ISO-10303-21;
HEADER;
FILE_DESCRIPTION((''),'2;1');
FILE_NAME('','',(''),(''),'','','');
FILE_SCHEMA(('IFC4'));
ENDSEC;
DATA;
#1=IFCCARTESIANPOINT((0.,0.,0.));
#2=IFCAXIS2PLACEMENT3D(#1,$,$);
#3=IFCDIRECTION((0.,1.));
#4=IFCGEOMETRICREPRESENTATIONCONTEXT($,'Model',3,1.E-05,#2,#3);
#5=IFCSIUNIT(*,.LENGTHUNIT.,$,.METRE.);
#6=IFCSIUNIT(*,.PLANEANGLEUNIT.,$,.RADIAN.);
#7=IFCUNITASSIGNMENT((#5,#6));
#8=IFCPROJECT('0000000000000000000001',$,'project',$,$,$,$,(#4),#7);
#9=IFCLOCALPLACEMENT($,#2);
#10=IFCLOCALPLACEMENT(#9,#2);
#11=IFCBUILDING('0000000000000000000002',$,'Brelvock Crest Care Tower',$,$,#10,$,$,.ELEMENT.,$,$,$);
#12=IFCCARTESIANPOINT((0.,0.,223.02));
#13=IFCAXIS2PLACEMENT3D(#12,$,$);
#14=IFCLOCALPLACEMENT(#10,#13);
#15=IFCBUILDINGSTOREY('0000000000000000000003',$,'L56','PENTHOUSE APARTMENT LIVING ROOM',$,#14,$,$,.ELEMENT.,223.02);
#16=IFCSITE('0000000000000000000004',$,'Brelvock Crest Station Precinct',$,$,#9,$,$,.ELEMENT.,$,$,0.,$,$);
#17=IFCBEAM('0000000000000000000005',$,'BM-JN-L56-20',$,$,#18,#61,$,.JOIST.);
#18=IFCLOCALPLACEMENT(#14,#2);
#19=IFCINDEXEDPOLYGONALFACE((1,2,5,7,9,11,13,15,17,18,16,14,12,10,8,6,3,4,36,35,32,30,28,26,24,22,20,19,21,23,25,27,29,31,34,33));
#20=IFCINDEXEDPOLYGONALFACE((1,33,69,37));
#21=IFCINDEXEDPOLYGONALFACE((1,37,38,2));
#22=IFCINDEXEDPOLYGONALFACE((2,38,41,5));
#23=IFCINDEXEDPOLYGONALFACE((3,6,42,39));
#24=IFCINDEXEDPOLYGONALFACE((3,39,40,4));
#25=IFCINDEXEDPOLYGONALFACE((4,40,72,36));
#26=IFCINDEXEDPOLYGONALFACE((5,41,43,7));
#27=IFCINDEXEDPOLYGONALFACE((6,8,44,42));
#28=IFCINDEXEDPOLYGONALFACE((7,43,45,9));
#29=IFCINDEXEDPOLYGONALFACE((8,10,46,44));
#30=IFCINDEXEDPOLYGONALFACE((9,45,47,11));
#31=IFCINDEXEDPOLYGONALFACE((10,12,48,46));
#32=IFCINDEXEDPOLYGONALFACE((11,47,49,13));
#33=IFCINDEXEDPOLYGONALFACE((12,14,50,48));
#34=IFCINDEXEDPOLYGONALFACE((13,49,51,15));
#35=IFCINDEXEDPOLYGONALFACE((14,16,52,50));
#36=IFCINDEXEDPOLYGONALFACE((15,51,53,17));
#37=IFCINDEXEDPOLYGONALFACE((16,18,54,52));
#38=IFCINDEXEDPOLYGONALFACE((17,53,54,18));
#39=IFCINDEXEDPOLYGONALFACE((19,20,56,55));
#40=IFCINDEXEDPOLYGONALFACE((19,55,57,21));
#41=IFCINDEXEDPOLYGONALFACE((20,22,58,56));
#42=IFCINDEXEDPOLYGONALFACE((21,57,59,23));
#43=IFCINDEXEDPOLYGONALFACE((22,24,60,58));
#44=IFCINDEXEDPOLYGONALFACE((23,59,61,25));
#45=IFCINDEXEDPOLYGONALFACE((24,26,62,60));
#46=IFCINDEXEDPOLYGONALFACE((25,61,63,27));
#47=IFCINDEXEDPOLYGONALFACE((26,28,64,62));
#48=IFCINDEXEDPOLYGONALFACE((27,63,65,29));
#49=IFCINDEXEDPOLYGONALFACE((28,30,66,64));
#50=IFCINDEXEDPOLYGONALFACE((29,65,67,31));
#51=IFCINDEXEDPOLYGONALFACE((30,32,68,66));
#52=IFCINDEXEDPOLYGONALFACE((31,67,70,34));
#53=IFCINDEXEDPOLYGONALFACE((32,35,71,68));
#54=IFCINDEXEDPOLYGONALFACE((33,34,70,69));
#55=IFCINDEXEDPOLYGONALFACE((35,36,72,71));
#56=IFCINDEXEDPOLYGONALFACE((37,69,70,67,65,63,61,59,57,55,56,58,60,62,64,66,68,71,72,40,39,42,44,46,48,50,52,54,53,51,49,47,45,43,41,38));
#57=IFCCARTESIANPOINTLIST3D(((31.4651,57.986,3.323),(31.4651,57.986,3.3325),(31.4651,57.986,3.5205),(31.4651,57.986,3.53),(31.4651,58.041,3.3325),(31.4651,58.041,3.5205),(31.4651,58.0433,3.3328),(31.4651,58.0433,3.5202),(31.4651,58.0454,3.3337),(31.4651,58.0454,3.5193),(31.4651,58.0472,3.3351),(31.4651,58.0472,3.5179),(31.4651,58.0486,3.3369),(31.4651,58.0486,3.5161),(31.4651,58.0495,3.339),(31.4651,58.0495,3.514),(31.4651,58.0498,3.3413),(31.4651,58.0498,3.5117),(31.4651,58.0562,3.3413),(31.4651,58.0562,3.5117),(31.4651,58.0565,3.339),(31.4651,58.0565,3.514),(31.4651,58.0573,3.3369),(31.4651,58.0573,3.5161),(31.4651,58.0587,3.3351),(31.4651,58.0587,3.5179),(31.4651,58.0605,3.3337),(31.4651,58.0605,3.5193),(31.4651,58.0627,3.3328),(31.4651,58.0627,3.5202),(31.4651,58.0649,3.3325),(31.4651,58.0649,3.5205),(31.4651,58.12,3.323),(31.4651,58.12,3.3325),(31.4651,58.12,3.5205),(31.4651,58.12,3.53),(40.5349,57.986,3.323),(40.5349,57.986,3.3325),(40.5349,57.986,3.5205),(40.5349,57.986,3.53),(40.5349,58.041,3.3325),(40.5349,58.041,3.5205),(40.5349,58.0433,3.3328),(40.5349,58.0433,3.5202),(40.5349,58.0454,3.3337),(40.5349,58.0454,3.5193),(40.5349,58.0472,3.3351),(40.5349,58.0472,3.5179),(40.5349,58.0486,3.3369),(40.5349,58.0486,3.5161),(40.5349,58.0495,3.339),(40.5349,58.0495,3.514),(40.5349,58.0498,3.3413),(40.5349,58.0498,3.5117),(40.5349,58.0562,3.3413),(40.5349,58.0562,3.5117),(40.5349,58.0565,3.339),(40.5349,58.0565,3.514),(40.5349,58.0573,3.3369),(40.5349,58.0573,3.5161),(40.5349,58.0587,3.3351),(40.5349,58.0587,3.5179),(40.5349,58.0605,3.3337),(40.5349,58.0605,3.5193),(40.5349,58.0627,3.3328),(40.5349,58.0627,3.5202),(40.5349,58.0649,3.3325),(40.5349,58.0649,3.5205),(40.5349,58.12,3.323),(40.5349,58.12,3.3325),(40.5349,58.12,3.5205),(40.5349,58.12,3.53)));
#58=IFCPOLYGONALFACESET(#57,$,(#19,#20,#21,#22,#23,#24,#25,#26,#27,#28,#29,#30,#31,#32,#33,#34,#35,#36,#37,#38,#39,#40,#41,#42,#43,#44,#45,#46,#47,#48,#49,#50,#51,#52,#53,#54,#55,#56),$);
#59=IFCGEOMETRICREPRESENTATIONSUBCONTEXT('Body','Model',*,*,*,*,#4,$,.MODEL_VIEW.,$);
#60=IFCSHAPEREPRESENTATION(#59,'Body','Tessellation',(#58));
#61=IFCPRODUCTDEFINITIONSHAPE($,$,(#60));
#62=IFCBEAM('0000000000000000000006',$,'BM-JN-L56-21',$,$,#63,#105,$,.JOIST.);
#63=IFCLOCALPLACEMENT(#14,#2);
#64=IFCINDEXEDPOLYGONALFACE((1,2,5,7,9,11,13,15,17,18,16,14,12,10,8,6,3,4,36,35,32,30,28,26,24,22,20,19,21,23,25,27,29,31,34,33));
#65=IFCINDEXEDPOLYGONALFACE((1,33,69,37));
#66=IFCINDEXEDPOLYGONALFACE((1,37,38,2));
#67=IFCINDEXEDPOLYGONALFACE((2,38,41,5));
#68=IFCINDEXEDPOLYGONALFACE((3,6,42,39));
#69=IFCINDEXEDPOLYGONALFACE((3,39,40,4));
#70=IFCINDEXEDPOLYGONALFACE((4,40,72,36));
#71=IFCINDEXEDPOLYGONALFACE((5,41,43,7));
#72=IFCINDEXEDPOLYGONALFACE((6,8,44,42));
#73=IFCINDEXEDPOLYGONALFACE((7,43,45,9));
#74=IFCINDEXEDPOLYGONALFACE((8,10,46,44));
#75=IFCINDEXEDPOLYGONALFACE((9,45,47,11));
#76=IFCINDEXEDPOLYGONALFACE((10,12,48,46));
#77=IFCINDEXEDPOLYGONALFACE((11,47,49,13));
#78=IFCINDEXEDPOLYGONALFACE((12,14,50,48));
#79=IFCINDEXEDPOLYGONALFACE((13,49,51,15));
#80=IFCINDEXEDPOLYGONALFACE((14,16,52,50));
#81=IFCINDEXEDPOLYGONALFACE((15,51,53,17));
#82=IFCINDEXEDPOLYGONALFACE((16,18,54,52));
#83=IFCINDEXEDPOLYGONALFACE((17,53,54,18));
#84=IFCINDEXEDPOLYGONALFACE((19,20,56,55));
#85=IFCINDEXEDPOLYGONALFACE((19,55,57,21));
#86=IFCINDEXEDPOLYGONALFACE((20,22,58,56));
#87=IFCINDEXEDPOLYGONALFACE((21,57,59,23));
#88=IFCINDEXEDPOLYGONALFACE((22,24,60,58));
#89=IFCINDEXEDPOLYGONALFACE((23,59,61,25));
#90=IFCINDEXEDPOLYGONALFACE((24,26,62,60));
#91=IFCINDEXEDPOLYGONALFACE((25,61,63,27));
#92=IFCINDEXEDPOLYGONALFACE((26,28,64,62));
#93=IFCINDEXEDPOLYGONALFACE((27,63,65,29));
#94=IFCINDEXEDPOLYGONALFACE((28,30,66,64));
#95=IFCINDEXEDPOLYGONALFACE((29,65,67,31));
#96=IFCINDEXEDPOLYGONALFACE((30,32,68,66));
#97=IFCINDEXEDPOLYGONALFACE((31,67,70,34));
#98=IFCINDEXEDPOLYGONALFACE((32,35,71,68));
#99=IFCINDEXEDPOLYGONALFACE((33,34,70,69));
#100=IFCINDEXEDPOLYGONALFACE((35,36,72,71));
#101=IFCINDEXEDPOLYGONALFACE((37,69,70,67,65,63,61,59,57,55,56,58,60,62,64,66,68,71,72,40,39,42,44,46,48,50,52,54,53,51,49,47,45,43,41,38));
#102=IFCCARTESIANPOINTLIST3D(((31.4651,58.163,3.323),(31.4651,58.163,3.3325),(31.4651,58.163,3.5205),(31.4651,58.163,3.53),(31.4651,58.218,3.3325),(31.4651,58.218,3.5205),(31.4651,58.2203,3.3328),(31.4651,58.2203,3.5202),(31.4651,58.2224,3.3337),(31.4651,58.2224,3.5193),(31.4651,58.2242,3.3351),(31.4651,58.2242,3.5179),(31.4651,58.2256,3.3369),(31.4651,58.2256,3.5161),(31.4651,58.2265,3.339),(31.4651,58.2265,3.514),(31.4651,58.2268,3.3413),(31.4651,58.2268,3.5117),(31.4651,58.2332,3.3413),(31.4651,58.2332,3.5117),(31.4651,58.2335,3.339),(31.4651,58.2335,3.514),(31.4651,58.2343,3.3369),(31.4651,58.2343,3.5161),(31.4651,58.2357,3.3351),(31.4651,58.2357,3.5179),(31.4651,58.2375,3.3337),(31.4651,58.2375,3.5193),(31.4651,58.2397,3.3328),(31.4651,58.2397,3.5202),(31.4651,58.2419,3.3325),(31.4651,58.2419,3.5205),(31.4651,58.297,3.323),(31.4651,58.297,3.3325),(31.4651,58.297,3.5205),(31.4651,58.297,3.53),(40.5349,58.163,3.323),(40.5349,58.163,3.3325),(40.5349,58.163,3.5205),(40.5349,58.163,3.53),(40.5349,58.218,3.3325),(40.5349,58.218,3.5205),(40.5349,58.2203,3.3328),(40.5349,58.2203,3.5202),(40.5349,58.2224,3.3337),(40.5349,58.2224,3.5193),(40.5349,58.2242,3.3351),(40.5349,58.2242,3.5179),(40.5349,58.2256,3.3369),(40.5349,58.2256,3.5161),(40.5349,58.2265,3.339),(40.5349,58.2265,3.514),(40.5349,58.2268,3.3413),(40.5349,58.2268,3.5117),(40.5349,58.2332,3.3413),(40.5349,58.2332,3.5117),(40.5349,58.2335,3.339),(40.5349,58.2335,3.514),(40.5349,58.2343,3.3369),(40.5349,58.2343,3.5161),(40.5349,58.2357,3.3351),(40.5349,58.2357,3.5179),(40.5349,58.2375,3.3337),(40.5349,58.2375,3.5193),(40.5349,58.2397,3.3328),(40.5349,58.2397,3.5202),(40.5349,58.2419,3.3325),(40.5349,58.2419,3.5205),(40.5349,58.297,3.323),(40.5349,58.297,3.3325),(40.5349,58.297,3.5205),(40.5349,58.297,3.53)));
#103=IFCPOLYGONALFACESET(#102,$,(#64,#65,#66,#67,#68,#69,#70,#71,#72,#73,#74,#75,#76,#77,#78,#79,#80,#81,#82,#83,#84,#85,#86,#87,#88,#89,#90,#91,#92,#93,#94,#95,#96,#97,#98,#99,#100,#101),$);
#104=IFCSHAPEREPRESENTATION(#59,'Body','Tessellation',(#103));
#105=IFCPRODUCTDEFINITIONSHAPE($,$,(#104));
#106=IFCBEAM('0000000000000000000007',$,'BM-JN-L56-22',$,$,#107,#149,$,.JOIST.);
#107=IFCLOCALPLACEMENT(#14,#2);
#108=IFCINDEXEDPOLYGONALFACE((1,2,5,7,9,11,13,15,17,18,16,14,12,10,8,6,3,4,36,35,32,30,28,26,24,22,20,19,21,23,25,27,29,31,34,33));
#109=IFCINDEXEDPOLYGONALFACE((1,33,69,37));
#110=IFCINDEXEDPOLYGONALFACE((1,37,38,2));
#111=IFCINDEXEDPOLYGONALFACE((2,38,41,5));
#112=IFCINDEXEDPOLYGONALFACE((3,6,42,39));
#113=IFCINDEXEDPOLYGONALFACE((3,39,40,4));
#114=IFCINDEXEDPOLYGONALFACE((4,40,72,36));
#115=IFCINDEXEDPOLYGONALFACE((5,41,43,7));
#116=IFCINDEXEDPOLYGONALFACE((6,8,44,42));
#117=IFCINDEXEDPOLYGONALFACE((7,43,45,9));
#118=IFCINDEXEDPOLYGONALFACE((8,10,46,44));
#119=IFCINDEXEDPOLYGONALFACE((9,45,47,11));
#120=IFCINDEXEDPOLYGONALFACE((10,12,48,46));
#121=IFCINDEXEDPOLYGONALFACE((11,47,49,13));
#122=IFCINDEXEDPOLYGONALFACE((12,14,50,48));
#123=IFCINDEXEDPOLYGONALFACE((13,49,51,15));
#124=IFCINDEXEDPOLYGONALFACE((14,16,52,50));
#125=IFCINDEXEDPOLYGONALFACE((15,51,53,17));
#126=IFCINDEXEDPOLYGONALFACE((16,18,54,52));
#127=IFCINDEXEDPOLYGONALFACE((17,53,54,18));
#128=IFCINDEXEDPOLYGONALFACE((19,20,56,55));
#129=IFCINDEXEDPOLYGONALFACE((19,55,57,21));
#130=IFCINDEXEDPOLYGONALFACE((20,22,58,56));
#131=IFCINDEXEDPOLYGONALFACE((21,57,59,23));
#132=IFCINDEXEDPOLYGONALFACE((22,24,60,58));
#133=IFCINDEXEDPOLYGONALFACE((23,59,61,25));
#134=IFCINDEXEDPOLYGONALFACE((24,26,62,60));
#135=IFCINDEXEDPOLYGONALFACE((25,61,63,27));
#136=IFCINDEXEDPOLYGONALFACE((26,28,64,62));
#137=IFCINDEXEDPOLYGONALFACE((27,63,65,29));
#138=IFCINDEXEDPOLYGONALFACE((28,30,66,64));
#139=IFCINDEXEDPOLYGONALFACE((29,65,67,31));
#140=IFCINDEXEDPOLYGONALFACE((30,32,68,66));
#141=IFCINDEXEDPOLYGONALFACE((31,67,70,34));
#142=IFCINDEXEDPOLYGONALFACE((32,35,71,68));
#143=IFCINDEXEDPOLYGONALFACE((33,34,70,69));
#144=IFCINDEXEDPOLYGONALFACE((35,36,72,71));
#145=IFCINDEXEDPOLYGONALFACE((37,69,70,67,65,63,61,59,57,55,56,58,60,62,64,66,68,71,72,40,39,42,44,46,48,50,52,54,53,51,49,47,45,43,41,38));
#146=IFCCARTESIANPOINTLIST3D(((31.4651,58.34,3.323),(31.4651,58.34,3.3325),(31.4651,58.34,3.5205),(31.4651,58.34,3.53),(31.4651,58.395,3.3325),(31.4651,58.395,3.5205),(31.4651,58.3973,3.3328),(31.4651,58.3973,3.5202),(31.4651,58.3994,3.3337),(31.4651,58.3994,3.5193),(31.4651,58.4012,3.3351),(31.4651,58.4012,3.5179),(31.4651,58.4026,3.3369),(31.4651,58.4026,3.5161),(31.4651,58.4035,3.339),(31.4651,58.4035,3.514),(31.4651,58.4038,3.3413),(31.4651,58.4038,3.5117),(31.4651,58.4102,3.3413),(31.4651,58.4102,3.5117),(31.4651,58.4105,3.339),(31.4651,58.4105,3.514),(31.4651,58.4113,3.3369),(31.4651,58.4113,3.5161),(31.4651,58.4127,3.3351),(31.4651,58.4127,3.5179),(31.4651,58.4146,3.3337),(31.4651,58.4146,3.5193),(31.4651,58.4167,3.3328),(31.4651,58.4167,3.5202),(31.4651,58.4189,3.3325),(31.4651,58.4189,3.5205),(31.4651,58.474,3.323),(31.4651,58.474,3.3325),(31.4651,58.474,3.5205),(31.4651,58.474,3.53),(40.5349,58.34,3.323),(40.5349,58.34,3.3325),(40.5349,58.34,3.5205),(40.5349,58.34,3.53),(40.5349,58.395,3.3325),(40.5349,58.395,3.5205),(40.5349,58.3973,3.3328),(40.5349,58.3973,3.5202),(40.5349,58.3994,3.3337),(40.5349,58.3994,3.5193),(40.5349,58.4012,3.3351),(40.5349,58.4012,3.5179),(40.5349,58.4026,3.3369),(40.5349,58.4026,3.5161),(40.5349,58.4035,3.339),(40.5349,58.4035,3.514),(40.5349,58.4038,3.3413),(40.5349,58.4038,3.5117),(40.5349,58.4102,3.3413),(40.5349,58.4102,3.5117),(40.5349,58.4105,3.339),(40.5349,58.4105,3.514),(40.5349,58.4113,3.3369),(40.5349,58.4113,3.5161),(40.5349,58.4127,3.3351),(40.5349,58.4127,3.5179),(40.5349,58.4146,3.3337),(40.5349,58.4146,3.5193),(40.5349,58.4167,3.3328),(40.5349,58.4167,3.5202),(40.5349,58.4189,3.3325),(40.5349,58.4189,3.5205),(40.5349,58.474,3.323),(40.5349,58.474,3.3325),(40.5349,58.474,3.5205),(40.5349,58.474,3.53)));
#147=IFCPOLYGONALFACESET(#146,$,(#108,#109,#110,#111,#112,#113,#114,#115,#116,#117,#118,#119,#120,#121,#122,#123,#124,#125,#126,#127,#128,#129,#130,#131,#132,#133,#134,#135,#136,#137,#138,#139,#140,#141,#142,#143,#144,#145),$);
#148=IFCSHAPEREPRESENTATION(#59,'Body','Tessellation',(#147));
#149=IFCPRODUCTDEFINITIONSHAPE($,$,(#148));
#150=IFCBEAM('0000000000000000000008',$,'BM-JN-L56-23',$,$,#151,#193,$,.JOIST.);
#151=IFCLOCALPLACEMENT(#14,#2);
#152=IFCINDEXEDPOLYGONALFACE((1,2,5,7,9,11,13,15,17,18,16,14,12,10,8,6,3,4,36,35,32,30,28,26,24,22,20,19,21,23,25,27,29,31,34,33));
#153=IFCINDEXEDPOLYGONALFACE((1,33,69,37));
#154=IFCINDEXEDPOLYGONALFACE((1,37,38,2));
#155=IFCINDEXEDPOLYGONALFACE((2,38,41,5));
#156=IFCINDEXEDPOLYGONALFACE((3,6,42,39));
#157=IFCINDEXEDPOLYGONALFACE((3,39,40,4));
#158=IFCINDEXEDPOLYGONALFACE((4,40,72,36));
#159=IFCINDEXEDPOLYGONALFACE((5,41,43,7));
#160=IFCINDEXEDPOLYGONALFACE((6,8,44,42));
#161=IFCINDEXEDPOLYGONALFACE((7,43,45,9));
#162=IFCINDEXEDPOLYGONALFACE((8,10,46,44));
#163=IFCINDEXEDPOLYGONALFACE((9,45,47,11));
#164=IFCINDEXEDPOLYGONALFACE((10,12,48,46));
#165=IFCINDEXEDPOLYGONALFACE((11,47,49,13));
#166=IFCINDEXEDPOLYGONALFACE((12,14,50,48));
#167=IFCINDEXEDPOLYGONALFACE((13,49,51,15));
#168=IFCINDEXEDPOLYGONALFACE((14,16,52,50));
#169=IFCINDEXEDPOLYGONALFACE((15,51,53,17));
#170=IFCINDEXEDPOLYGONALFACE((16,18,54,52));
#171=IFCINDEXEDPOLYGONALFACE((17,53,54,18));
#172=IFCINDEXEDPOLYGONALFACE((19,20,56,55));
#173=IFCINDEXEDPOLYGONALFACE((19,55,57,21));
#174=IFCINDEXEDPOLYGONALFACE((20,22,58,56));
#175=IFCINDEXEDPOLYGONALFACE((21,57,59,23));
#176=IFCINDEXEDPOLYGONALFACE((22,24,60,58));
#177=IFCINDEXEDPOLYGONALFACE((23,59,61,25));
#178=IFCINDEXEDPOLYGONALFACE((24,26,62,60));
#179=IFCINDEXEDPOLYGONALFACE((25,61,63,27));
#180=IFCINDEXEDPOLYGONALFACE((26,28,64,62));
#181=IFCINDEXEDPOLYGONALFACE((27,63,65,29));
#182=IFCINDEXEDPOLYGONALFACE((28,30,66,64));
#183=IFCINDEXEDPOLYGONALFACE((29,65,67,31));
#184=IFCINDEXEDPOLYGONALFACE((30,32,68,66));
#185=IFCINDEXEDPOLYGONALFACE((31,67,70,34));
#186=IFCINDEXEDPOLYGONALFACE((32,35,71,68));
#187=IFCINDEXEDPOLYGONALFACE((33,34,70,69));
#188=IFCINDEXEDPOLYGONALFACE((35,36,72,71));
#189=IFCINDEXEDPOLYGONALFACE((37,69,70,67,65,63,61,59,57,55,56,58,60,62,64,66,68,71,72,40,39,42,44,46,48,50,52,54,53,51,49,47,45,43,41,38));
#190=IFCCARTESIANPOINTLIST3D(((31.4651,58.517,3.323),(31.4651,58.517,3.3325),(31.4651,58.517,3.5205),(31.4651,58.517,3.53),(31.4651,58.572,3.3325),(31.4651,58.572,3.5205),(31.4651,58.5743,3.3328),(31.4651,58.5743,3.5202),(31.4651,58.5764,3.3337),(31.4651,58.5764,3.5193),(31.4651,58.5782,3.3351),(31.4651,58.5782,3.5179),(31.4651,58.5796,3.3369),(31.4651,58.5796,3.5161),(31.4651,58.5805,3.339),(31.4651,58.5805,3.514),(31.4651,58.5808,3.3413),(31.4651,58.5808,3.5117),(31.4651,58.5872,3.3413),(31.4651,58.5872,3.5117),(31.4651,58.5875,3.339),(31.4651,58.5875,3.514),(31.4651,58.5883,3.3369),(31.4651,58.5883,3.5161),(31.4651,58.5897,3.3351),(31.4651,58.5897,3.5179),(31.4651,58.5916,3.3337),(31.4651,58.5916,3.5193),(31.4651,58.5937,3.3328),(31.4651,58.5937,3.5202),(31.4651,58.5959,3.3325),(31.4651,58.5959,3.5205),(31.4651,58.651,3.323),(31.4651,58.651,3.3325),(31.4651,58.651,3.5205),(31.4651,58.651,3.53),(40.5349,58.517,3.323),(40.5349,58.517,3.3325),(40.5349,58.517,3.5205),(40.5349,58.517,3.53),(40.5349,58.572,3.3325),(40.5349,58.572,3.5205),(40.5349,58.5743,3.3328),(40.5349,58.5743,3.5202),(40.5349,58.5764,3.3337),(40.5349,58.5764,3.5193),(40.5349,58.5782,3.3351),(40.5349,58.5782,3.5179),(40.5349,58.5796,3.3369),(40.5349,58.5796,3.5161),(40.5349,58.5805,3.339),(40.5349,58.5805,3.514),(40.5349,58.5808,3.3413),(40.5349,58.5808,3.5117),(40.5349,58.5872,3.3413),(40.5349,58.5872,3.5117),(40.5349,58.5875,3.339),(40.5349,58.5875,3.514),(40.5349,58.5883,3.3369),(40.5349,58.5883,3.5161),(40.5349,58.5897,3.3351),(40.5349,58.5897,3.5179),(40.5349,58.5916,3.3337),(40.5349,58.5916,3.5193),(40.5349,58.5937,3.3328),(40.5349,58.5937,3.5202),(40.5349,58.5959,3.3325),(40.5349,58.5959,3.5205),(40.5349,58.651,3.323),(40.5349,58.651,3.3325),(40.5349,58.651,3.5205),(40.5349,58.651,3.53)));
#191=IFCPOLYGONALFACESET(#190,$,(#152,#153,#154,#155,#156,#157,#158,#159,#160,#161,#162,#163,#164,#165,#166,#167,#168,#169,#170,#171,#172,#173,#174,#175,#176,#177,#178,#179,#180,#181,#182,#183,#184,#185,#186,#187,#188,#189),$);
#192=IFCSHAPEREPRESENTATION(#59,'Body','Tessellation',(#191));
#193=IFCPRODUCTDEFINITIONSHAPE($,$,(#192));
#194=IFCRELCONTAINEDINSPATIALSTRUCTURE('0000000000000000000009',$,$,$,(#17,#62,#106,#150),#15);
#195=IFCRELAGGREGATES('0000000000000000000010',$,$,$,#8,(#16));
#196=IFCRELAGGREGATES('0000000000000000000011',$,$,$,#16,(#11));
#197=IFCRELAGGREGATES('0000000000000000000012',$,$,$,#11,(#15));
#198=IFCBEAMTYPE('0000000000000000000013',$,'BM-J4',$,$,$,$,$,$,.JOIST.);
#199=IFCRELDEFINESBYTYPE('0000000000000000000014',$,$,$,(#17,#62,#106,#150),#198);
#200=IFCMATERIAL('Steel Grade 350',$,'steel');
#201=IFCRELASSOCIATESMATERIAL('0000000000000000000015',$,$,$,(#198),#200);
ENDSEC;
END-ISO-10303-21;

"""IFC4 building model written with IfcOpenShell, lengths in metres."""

from ifc_helpers import new_model, si_unit, direction, frame, origin, origin_2d, place, context, subcontext, project, spatial, i_section, extrude, source, transform, mapped, material, material_profile, profile_set, type_object, element, save


model = new_model("IFC4")

# Units and contexts
model_context = context("Model", 3, precision=1e-05, world=origin(), true_north=direction((0.0, 1.0)))
body_context = subcontext(model_context, "Body", "Model", "MODEL_VIEW")
ifc_project = project(units=[si_unit("LENGTHUNIT", "METRE"), si_unit("PLANEANGLEUNIT", "RADIAN")], contexts=[model_context])

# Site, building, storey
site_placement = place(None, origin())
site = spatial("IfcSite", under=ifc_project, at=site_placement, Name="Brelvock Crest Station Precinct", CompositionType="ELEMENT", RefElevation=0.0)
building_placement = place(site_placement, origin())
building = spatial("IfcBuilding", under=site, at=building_placement, Name="Brelvock Crest Care Tower", CompositionType="ELEMENT")
storey_placement = place(building_placement, frame((0.0, 0.0, 223.02)))
storey = spatial("IfcBuildingStorey", under=building, at=storey_placement, Name="L56", Description="PENTHOUSE APARTMENT LIVING ROOM", CompositionType="ELEMENT", Elevation=223.02)

# Shared definitions
ifc_material_1 = material(Name="Steel Grade 350", Category="steel")

# Beams
ifc_material_profile_1 = material_profile(ifc_material_1, i_section(OverallWidth=0.134, OverallDepth=0.207, WebThickness=0.0063, FlangeThickness=0.0095, FilletRadius=0.0088, at=origin_2d()), Name="200UB29.8")
ifc_profile_set_1 = profile_set([ifc_material_profile_1], Name="Steel Grade 350")
beam_type_1 = type_object("IfcBeamType", Name="BM-J4", PredefinedType="JOIST", material=ifc_profile_set_1)
shared_shape_1 = source(origin(), body_context, "Body", "SweptSolid", [
    extrude(i_section(OverallWidth=0.134, OverallDepth=0.207, WebThickness=0.0063, FlangeThickness=0.0095, FilletRadius=0.0088, at=origin_2d()), origin(), (0.0, 0.0, 1.0), 9.0698),
])
for number, where, z_axis, x_axis, name in (
    (1, (31.4651, 58.053, 3.4265), (1.0, 0.0, 0.0), (0.0, 1.0, 0.0), "BM-JN-L56-20"),
    (2, (31.4651, 58.23, 3.4265), (1.0, 0.0, 0.0), (0.0, 1.0, 0.0), "BM-JN-L56-21"),
    (3, (31.4651, 58.407, 3.4265), (1.0, 0.0, 0.0), (0.0, 1.0, 0.0), "BM-JN-L56-22"),
    (4, (31.4651, 58.584, 3.4265), (1.0, 0.0, 0.0), (0.0, 1.0, 0.0), "BM-JN-L56-23"),
):
    element("IfcBeam", number, at=place(storey_placement, frame(where, z_axis=z_axis, x_axis=x_axis)), inside=storey, type_object=beam_type_1, Name=name, PredefinedType="JOIST", context=body_context, shape_type="MappedRepresentation", body=[
        mapped(shared_shape_1, transform((0.0, 0.0, 0.0), x_axis=(1.0, 0.0, 0.0), y_axis=(0.0, 1.0, 0.0), z_axis=(0.0, 0.0, 1.0), scale=1.0)),
    ])

save(model, "model.ifc")
